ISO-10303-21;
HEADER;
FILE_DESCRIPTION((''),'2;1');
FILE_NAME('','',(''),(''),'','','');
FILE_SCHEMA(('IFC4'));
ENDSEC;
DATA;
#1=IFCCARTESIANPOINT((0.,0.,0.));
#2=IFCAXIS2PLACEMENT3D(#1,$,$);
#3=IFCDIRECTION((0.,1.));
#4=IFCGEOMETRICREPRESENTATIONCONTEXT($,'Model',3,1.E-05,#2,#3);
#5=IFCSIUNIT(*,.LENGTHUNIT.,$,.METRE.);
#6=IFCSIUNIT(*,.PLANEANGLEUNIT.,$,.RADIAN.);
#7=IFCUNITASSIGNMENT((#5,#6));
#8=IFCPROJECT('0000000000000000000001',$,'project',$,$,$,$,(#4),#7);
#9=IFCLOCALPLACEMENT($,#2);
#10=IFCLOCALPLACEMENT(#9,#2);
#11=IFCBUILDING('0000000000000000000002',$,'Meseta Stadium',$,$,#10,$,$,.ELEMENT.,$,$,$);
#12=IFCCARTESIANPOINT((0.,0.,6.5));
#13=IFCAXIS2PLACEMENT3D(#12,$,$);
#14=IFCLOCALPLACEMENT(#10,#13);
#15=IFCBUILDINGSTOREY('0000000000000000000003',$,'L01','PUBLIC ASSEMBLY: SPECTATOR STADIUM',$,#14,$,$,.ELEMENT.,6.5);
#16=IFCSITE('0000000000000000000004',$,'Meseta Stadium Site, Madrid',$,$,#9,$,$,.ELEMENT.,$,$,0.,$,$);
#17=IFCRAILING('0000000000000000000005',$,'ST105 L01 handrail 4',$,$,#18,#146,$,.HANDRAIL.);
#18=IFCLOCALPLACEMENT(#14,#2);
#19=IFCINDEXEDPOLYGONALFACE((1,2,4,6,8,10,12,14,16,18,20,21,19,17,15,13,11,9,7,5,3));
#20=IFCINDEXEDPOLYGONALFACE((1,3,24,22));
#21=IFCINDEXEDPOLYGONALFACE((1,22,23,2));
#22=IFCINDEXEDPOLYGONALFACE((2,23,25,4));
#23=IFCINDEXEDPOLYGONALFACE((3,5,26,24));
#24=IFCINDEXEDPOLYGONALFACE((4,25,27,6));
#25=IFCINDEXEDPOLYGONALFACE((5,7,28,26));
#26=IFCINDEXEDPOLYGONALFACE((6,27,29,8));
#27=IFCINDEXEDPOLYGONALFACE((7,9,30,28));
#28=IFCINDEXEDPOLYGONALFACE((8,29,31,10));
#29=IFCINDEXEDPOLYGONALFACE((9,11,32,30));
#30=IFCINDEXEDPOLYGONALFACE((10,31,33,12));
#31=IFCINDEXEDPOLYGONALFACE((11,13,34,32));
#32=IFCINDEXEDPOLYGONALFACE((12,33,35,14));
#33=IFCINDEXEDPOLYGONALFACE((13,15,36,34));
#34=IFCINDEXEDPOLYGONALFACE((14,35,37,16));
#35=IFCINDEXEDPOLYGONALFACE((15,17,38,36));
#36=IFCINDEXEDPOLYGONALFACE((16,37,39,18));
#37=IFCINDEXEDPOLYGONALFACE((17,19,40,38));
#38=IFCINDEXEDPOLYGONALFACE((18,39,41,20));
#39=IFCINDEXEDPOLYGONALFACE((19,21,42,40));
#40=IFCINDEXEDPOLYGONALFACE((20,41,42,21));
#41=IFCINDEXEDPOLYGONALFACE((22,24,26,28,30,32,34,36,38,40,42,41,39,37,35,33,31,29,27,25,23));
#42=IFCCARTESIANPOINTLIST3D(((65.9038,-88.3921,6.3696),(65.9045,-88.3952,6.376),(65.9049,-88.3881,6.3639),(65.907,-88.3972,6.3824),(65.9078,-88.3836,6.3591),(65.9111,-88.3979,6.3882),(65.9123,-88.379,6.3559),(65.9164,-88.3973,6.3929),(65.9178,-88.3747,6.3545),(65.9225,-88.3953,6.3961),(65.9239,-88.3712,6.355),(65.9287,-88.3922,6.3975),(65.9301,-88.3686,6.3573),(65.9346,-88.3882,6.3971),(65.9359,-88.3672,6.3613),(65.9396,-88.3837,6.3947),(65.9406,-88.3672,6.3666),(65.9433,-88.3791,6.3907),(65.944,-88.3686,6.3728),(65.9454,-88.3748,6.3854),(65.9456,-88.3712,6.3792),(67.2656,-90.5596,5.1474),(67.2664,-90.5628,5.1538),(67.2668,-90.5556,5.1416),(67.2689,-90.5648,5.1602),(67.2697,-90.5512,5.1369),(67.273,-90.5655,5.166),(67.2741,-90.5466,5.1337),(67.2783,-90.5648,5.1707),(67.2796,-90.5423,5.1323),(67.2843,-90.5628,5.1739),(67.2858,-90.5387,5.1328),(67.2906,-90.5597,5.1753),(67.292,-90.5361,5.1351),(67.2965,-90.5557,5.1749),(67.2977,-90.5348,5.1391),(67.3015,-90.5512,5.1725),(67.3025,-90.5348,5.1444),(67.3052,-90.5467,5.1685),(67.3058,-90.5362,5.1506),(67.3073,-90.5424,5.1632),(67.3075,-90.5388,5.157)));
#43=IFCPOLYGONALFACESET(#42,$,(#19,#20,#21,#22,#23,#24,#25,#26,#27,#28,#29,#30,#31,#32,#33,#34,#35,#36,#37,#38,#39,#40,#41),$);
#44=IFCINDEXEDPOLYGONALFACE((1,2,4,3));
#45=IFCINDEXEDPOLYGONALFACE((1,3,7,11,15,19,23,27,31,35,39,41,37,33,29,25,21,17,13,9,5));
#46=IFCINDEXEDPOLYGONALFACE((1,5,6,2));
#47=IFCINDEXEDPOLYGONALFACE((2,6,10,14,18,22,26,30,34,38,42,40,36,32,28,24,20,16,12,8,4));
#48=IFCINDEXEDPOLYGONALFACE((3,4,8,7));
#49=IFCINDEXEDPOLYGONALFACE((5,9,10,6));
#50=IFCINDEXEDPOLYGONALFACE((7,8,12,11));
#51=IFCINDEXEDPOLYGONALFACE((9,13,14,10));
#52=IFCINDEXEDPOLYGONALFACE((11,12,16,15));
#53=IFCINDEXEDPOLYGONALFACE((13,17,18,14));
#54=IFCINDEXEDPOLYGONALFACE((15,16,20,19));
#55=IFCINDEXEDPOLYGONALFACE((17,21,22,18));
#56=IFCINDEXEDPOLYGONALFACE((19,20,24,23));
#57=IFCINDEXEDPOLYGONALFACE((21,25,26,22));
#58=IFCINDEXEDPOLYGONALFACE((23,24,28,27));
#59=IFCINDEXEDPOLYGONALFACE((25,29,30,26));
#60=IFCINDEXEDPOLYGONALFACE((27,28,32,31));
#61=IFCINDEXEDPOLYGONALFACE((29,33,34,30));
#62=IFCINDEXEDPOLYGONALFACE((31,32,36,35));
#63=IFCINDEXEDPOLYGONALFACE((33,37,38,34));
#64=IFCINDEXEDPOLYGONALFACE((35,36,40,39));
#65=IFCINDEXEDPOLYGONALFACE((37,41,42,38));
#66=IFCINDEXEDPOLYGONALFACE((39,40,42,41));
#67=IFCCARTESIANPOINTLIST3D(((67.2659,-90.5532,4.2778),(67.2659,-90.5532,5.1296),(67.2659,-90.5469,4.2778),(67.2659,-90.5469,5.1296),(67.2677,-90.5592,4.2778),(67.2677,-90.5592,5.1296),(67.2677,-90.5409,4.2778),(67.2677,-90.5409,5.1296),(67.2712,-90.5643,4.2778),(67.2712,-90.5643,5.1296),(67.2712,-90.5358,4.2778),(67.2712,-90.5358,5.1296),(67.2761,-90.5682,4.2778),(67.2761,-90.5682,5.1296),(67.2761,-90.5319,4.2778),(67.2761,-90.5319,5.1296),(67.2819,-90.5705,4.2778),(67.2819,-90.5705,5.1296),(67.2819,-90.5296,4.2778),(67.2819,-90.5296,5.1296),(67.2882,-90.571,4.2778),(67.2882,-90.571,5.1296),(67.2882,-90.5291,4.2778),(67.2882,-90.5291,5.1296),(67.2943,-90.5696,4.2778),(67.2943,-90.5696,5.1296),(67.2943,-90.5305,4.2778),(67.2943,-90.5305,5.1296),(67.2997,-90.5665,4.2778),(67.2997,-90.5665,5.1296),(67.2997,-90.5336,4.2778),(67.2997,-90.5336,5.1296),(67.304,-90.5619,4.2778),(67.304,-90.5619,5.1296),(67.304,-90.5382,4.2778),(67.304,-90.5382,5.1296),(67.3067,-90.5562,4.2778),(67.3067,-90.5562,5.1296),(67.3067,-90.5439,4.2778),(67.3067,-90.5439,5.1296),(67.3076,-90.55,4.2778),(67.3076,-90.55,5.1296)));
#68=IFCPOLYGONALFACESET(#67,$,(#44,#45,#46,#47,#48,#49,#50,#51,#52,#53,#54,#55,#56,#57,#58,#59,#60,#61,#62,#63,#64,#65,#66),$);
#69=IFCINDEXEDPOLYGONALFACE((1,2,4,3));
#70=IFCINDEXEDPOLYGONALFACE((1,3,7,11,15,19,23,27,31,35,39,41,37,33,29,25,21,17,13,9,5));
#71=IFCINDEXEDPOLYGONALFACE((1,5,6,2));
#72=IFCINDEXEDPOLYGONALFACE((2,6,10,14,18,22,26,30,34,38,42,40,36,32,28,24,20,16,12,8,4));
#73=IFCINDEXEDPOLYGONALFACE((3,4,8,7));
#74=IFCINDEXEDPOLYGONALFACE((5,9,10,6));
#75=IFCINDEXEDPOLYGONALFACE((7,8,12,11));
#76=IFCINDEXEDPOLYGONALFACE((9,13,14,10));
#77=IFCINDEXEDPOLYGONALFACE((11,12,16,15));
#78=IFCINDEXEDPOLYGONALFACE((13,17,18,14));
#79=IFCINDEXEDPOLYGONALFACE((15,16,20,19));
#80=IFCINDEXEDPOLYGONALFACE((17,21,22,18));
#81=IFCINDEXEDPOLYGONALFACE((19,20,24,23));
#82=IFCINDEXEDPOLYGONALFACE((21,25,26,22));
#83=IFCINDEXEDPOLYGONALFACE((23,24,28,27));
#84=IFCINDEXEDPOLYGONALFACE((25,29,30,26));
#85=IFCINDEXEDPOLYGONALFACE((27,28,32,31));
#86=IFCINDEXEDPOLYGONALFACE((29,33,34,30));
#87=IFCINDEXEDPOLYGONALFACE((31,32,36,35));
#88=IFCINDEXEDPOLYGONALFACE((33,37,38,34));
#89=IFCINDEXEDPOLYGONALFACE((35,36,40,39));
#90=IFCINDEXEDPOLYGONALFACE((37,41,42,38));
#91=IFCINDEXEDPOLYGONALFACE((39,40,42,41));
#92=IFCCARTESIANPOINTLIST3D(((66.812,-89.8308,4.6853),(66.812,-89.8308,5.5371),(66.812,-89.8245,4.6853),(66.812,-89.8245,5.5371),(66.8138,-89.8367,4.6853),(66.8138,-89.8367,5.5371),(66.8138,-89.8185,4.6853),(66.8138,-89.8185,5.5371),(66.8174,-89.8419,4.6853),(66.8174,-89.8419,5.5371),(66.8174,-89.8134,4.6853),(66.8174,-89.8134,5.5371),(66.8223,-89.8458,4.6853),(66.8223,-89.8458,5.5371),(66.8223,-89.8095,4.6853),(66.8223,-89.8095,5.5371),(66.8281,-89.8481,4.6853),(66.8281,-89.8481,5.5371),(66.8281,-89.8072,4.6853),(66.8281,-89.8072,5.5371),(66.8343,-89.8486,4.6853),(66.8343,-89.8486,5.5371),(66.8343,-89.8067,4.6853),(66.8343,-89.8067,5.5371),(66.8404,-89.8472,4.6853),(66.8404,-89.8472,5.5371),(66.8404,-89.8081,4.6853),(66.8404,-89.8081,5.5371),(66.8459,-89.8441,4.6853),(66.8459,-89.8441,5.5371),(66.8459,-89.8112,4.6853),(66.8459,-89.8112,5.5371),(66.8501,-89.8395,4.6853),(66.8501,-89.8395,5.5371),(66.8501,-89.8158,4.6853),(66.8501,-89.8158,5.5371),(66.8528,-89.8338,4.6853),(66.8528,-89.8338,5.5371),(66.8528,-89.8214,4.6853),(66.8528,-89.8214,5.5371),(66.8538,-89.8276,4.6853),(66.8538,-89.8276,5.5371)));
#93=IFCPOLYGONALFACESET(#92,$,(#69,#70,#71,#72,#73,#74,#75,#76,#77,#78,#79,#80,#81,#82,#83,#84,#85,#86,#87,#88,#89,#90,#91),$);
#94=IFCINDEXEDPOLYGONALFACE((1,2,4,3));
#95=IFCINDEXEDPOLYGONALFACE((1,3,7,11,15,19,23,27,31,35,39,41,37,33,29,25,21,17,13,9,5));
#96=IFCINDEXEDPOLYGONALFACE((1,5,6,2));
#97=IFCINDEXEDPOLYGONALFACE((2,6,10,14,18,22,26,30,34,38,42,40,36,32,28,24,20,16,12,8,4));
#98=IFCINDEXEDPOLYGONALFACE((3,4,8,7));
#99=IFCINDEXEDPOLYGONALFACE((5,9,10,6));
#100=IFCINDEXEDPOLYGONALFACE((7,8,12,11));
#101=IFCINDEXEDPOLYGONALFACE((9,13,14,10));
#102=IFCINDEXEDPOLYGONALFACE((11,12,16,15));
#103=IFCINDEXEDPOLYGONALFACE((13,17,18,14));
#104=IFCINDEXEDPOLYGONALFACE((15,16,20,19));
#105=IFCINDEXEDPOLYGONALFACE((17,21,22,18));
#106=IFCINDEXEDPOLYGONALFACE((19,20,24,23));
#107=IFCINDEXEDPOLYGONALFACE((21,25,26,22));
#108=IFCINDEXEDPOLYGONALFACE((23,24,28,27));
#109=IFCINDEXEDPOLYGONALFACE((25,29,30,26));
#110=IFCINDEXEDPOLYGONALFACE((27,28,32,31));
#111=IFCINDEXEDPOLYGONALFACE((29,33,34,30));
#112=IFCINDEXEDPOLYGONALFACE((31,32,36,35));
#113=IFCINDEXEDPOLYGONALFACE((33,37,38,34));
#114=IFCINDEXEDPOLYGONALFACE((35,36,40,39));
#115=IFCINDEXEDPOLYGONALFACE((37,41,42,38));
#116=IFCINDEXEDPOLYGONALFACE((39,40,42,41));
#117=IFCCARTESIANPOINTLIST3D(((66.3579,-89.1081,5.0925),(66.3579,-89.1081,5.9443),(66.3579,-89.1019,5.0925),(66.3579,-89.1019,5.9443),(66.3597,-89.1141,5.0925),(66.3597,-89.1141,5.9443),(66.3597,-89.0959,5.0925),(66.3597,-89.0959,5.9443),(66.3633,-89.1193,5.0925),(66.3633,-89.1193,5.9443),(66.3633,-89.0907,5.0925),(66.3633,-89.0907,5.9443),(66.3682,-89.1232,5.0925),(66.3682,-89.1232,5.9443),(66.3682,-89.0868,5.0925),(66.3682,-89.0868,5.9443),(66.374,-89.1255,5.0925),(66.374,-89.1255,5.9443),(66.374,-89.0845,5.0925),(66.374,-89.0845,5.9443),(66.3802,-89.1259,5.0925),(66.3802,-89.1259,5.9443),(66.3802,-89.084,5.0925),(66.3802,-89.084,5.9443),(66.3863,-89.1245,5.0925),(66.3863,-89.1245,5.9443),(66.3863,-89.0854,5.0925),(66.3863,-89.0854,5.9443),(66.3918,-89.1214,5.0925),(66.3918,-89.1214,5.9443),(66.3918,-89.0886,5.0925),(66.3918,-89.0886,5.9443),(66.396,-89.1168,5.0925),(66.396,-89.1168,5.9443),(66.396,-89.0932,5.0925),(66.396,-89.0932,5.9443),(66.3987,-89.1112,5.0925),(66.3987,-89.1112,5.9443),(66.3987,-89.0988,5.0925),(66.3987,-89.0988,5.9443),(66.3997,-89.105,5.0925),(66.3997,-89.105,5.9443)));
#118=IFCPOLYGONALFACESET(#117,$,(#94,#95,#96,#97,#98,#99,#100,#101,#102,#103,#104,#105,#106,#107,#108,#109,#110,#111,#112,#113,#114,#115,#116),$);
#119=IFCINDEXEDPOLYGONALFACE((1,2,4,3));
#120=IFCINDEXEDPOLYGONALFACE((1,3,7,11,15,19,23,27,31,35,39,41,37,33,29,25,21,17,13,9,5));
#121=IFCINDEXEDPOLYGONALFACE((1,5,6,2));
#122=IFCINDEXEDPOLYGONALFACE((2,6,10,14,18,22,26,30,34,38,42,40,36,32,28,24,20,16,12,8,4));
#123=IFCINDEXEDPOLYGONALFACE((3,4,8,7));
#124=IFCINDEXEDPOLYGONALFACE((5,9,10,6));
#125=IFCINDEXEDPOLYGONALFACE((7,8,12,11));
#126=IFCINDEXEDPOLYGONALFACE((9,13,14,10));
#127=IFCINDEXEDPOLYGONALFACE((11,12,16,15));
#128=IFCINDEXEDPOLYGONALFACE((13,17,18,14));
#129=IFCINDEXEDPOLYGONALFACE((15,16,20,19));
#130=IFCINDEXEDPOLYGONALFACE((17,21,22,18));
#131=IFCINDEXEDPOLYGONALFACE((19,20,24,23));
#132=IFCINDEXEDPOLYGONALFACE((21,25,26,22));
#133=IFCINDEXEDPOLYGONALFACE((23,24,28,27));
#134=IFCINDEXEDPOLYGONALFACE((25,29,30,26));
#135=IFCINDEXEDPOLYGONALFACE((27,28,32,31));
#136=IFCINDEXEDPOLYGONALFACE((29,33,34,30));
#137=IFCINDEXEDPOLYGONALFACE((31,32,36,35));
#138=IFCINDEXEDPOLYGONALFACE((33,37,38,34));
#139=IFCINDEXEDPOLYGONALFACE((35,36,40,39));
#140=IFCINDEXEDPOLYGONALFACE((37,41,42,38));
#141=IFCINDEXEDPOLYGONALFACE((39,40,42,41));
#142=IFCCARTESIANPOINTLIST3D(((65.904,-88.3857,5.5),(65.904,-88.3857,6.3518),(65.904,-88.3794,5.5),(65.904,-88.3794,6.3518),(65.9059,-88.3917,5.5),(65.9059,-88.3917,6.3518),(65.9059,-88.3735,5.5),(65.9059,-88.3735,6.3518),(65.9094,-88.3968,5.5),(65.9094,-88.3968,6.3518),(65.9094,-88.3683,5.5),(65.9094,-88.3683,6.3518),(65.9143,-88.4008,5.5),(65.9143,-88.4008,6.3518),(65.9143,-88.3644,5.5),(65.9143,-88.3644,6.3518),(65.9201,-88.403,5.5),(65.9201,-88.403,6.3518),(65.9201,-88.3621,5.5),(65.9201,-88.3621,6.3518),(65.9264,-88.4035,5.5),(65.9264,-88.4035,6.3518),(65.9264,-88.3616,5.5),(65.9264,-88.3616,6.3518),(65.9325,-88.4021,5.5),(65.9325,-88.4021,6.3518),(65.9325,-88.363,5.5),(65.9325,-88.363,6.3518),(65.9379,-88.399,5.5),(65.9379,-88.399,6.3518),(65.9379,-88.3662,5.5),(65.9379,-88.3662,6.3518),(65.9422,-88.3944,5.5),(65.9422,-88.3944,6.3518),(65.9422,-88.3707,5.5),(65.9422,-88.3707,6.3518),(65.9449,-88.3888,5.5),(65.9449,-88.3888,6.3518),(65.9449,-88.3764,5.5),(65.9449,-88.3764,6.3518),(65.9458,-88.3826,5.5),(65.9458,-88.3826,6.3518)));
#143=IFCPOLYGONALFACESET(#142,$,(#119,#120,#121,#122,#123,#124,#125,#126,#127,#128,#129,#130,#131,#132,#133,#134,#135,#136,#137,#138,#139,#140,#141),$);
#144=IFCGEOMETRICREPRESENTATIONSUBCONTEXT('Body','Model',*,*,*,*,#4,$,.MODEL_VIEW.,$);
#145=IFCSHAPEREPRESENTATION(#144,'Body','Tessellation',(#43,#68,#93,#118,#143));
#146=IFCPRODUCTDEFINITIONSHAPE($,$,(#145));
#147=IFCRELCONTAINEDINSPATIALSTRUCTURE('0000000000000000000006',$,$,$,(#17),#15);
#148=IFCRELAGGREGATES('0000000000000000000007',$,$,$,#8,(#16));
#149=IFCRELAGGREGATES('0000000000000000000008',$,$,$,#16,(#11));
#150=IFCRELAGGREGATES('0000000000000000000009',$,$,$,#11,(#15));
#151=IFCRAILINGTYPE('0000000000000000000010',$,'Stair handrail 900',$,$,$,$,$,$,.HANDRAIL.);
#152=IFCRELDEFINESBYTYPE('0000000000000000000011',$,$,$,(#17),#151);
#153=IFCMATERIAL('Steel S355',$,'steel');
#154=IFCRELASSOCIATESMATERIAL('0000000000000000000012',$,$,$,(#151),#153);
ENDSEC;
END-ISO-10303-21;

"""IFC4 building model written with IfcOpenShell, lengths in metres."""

from ifc_helpers import new_model, si_unit, direction, frame, origin, origin_2d, place, context, subcontext, project, spatial, circle, extrude, material, type_object, element, save


model = new_model("IFC4")

# Units and contexts
model_context = context("Model", 3, precision=1e-05, world=origin(), true_north=direction((0.0, 1.0)))
body_context = subcontext(model_context, "Body", "Model", "MODEL_VIEW")
ifc_project = project(units=[si_unit("LENGTHUNIT", "METRE"), si_unit("PLANEANGLEUNIT", "RADIAN")], contexts=[model_context])

# Site, building, storey
site_placement = place(None, origin())
site = spatial("IfcSite", under=ifc_project, at=site_placement, Name="Meseta Stadium Site, Madrid", CompositionType="ELEMENT", RefElevation=0.0)
building_placement = place(site_placement, origin())
building = spatial("IfcBuilding", under=site, at=building_placement, Name="Meseta Stadium", CompositionType="ELEMENT")
storey_placement = place(building_placement, frame((0.0, 0.0, 6.5)))
storey = spatial("IfcBuildingStorey", under=building, at=storey_placement, Name="L01", Description="PUBLIC ASSEMBLY: SPECTATOR STADIUM", CompositionType="ELEMENT", Elevation=6.5)

# Railing
ifc_material_1 = material(Name="Steel S355", Category="steel")
railing_type_1 = type_object("IfcRailingType", Name="Stair handrail 900", PredefinedType="HANDRAIL", material=ifc_material_1)
for number, where, name in (
    (1, (67.2866, -90.55, 4.2778), "ST105 L01 handrail 4"),
):
    element("IfcRailing", number, at=place(storey_placement, frame(where)), inside=storey, type_object=railing_type_1, Name=name, PredefinedType="HANDRAIL", context=body_context, shape_type="SweptSolid", body=[
        extrude(circle(Radius=0.0239, at=origin_2d()), frame((0.0, 0.0, 0.876), z_axis=(-0.48009, 0.764116, 0.430859), x_axis=(-0.846742, -0.532004, 0.0)), (0.0, 0.0, 1.0), 2.8367),
        extrude(circle(Radius=0.021, at=origin_2d()), origin(), (0.0, 0.0, 1.0), 0.8518),
        extrude(circle(Radius=0.021, at=origin_2d()), frame((-0.4539, 0.7224, 0.4075)), (0.0, 0.0, 1.0), 0.8518),
        extrude(circle(Radius=0.021, at=origin_2d()), frame((-0.908, 1.4451, 0.8147)), (0.0, 0.0, 1.0), 0.8518),
        extrude(circle(Radius=0.021, at=origin_2d()), frame((-1.3618, 2.1675, 1.2222)), (0.0, 0.0, 1.0), 0.8518),
    ])

save(model, "model.ifc")
